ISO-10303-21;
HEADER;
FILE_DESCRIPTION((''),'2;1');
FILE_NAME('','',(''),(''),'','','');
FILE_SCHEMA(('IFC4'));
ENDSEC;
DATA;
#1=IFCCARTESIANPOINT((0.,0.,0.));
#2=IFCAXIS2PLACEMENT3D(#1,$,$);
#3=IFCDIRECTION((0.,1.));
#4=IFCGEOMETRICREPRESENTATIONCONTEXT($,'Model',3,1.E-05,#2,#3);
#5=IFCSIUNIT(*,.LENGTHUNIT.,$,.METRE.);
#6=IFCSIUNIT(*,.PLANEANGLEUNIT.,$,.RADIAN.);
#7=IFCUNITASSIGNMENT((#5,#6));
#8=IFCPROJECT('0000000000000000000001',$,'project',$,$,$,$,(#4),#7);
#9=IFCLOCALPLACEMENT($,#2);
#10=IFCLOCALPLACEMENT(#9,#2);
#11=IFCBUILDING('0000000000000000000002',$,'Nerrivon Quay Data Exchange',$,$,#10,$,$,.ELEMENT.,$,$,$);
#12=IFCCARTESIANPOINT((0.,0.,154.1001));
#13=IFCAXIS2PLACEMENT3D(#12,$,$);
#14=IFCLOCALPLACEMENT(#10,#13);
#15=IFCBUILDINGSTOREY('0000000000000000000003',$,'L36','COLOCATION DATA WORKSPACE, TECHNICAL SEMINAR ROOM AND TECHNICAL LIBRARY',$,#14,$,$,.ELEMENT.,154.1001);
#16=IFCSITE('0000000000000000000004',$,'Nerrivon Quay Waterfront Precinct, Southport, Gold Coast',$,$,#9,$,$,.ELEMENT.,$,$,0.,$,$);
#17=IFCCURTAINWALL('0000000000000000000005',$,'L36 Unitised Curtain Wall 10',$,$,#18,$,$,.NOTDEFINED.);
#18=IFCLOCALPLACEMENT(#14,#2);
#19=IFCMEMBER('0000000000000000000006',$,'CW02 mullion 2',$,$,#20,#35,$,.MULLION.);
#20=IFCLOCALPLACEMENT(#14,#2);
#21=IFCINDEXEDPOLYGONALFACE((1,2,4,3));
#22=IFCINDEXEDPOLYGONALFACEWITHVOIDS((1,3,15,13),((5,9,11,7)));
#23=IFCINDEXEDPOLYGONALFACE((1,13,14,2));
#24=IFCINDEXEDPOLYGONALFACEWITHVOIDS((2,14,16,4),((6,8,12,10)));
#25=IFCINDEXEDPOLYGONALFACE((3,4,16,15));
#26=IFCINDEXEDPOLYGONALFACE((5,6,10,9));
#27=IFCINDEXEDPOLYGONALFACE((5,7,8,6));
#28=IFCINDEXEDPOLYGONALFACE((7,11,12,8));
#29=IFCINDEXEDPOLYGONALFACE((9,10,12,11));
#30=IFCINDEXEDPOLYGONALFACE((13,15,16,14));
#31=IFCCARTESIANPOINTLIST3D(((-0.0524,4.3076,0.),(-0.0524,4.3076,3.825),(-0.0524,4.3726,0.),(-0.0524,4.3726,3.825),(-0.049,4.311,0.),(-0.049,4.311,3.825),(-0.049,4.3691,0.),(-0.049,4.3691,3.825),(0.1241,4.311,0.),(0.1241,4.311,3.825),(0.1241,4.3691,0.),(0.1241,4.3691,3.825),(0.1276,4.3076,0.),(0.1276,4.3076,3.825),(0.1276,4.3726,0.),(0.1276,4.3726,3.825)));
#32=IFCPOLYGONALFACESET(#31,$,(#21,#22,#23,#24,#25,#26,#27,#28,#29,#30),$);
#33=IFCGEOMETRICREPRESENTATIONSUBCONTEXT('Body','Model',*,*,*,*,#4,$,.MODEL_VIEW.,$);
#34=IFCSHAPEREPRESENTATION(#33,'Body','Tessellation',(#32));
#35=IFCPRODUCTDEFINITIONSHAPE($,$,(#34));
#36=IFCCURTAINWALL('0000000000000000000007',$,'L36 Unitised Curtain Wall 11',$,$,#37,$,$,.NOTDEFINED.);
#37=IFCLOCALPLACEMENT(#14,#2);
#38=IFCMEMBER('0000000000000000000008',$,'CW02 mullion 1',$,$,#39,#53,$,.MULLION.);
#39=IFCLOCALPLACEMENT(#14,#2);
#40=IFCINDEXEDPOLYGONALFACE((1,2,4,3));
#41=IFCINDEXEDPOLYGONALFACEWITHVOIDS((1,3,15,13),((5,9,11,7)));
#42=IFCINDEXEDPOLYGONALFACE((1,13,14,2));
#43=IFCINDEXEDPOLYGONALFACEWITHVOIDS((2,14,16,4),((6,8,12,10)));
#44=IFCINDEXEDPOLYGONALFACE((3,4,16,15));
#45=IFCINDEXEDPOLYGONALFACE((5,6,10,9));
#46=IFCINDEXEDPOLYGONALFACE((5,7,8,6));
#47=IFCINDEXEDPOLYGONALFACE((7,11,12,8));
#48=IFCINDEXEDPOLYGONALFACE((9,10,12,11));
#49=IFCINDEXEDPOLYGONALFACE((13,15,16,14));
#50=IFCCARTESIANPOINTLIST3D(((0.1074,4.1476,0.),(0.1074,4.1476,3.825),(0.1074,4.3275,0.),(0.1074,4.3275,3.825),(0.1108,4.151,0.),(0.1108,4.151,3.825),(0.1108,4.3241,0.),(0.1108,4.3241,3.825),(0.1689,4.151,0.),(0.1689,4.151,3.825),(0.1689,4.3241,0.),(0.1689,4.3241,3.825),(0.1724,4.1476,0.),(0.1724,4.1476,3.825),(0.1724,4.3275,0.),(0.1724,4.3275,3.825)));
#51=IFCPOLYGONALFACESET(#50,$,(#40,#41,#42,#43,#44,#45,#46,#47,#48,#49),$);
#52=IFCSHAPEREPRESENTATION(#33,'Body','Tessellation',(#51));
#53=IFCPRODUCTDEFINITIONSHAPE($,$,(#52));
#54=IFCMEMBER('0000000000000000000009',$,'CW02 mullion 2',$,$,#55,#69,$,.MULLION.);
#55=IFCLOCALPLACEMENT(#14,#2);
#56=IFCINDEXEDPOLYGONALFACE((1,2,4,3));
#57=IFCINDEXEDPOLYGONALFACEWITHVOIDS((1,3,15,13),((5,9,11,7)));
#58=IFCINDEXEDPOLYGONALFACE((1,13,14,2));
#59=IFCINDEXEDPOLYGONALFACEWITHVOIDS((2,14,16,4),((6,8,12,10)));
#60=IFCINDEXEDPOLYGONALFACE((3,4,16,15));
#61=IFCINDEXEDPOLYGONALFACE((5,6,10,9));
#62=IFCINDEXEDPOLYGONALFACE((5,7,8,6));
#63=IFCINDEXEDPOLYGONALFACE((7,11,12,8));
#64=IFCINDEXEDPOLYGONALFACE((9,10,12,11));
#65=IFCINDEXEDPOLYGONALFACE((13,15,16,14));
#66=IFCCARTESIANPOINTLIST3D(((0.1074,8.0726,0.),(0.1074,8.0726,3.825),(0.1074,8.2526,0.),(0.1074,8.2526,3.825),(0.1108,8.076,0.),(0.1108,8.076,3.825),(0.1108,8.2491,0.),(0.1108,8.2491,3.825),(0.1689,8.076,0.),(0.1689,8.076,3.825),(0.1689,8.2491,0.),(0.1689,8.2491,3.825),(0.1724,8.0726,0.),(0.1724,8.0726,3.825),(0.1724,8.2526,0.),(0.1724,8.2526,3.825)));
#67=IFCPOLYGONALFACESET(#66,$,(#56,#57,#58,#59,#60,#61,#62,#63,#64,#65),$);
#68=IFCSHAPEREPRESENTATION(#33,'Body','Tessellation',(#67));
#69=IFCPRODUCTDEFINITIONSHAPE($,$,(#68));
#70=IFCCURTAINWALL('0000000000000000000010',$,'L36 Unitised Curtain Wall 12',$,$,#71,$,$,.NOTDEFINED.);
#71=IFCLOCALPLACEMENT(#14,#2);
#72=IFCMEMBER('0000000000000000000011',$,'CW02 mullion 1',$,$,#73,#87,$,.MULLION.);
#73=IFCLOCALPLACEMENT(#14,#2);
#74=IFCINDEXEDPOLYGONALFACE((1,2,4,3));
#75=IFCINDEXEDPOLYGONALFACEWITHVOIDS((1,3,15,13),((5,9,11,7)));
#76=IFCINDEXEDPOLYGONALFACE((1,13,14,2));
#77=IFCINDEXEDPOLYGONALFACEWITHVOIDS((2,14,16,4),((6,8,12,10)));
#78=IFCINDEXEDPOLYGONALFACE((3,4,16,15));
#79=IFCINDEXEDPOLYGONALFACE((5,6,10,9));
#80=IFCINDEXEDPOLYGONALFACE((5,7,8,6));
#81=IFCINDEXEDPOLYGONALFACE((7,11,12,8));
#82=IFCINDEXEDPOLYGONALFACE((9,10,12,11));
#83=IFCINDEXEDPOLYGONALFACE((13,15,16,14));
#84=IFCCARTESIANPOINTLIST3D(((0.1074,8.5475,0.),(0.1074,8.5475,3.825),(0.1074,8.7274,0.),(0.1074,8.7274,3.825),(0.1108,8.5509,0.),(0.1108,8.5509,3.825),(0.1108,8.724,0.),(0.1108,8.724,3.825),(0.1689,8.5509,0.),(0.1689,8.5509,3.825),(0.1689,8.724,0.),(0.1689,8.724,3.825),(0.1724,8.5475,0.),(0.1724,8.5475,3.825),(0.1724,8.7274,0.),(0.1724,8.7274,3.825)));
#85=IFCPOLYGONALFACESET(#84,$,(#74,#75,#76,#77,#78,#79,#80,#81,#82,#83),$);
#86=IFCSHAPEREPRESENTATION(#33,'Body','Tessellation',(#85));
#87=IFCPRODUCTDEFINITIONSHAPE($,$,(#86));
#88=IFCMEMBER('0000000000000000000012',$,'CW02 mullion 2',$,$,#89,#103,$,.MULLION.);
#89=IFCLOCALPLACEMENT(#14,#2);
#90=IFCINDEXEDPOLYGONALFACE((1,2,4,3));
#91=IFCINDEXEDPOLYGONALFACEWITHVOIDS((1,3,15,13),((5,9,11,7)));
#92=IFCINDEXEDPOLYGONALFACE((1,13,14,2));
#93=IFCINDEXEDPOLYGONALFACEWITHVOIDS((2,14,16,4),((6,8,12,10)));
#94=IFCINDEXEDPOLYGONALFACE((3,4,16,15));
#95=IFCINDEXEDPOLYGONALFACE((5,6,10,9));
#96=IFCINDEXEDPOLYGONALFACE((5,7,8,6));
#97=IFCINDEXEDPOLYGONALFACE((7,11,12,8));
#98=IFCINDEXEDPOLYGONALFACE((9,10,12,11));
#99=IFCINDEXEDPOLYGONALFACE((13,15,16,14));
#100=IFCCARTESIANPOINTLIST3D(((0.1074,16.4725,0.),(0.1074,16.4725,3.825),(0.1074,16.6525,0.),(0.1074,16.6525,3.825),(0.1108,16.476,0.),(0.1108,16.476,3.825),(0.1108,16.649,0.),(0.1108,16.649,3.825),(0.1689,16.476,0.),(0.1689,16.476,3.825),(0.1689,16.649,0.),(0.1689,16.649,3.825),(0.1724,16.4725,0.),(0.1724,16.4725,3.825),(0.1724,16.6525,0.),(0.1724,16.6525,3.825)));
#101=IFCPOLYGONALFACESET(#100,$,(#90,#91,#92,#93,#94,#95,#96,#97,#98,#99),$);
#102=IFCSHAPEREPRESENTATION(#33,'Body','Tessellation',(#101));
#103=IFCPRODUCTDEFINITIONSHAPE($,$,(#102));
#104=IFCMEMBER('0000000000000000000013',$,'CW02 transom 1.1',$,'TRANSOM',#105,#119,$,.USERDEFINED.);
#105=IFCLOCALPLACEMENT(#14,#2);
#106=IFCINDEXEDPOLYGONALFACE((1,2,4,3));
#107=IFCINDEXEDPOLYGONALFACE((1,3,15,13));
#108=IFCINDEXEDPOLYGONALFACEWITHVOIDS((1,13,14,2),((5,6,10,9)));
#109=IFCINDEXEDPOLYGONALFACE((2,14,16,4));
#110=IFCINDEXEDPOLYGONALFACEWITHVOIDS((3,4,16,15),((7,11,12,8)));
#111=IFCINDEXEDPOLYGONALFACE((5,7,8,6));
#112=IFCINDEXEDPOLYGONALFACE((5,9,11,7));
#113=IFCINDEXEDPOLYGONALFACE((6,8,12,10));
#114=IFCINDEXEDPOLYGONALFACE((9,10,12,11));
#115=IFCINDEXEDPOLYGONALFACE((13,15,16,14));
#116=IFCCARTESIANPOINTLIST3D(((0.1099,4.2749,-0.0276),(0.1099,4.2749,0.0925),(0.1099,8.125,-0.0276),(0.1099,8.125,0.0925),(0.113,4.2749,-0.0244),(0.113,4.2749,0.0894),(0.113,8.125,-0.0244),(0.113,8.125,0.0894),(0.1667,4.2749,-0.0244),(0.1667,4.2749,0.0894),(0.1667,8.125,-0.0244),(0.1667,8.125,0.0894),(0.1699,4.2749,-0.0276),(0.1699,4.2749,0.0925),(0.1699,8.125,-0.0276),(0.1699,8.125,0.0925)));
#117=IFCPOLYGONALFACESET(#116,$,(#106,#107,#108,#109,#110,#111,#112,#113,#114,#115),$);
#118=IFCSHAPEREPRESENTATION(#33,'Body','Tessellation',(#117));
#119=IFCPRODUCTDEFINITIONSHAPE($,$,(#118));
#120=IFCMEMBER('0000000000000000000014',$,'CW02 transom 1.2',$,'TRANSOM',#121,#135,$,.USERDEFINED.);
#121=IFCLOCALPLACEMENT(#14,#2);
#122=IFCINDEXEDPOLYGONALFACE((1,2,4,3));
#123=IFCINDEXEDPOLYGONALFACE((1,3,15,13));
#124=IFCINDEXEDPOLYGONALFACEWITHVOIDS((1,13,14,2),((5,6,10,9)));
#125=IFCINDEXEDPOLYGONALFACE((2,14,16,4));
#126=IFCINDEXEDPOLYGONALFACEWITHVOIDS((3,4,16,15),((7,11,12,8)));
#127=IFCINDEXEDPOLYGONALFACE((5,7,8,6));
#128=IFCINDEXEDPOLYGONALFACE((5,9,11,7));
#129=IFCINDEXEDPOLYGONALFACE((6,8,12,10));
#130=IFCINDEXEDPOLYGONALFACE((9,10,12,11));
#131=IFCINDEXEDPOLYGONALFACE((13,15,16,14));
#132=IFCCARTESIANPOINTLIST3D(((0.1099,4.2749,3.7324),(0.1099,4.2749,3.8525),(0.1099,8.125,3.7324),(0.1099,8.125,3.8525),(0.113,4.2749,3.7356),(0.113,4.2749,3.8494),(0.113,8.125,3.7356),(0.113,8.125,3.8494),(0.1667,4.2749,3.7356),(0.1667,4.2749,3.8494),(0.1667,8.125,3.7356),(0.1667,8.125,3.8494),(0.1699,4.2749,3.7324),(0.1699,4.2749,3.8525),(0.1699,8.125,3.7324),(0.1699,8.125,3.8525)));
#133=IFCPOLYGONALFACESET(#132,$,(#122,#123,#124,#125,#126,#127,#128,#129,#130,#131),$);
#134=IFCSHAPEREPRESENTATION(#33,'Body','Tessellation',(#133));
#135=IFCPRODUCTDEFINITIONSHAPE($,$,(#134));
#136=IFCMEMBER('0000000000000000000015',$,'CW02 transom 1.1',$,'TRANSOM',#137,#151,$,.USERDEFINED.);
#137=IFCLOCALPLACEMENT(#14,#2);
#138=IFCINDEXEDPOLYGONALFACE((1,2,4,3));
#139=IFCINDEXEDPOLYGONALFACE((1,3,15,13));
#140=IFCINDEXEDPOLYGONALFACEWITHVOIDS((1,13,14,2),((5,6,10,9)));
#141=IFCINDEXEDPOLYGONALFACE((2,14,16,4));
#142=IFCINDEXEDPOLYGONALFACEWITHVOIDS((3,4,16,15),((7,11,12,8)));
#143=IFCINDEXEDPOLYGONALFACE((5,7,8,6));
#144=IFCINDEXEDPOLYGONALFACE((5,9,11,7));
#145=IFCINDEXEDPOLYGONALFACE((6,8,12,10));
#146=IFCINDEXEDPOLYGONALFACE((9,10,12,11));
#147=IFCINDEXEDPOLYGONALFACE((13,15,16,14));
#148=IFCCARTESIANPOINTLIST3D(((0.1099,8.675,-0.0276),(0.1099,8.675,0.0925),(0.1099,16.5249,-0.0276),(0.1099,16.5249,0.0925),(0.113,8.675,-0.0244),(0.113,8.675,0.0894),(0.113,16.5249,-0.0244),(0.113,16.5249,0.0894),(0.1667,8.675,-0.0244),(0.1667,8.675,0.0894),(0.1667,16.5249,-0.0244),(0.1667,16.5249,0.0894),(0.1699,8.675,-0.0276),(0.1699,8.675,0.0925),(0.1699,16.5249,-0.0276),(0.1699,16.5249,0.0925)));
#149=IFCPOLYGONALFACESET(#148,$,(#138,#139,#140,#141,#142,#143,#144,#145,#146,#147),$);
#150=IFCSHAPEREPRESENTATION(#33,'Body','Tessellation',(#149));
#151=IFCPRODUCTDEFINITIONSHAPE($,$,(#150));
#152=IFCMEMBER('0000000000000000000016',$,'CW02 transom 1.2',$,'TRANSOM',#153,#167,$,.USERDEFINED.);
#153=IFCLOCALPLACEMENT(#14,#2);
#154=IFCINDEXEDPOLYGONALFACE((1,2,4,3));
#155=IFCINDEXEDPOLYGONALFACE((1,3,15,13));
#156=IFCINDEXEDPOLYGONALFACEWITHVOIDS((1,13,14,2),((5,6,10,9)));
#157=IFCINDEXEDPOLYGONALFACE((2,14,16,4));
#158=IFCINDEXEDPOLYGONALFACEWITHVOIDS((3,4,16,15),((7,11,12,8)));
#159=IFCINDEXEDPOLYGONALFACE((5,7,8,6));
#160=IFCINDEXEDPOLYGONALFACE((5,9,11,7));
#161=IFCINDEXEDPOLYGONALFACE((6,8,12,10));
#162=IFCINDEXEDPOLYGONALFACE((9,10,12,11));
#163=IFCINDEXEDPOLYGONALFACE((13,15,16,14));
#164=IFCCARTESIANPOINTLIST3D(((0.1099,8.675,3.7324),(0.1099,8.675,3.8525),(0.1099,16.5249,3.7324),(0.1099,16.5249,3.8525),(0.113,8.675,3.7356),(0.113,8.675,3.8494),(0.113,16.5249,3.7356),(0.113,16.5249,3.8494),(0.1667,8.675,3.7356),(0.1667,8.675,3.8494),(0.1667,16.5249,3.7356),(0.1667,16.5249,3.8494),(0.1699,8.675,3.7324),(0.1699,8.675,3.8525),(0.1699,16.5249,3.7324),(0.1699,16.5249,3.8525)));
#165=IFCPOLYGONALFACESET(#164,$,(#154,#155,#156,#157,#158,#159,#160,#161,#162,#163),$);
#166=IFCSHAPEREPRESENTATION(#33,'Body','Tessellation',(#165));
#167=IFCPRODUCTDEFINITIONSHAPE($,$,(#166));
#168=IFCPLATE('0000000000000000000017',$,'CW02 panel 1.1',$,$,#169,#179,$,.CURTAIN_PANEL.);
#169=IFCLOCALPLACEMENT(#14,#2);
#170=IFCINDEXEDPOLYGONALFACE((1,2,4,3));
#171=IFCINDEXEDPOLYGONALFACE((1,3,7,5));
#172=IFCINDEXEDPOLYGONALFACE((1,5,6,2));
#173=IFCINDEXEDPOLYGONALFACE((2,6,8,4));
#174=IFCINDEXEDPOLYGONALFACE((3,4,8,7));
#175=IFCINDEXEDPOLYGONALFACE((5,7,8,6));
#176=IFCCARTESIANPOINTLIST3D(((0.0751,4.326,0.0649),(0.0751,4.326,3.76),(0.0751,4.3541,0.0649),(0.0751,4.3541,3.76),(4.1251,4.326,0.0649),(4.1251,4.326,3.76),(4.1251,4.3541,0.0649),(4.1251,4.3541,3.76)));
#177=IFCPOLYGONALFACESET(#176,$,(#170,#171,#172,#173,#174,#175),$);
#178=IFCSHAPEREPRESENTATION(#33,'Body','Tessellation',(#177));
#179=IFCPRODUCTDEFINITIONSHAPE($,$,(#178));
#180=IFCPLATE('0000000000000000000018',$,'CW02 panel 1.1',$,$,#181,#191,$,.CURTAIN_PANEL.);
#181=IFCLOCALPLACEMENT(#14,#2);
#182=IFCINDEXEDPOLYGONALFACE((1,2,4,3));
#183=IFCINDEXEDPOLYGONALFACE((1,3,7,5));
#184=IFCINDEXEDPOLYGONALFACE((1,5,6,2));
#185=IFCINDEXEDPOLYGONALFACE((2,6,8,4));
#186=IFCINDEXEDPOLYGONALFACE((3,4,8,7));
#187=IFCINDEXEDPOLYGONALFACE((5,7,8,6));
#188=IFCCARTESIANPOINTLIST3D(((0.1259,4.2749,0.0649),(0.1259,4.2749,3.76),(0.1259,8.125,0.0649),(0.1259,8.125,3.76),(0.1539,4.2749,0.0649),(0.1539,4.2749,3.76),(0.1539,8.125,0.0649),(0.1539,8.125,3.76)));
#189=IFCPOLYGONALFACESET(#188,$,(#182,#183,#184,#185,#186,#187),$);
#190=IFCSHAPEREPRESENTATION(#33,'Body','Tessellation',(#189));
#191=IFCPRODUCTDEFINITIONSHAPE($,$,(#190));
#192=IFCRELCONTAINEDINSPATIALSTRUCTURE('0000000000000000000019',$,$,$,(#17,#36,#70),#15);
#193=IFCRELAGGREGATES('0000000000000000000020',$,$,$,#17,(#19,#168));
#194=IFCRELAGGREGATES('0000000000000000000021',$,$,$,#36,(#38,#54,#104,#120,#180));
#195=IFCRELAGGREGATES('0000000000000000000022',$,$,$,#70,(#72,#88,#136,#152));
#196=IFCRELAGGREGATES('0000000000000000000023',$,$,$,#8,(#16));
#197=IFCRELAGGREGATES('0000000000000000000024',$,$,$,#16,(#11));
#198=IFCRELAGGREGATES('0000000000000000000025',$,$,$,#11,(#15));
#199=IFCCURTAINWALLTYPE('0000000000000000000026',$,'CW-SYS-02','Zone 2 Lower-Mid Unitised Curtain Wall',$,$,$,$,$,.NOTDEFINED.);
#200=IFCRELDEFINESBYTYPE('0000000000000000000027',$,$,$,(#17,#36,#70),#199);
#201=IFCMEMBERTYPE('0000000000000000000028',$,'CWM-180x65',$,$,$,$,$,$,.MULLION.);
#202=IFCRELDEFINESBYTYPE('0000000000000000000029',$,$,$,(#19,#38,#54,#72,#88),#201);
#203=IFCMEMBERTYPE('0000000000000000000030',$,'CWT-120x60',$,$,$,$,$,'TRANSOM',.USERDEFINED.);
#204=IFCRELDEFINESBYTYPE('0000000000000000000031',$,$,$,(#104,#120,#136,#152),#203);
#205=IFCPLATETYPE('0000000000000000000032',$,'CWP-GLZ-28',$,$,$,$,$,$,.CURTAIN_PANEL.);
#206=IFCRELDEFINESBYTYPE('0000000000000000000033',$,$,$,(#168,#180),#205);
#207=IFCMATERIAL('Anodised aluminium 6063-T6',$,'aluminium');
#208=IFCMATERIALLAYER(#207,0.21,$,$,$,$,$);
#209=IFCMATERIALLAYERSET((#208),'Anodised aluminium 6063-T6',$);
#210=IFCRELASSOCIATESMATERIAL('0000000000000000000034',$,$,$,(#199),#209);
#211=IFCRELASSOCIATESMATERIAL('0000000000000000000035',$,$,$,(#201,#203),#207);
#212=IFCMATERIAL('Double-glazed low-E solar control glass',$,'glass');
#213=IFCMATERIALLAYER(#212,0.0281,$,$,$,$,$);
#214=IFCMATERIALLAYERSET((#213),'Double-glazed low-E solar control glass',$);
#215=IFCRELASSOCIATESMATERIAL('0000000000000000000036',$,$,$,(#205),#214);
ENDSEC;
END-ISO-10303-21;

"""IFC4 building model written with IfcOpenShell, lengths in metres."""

from ifc_helpers import new_model, si_unit, direction, frame, origin, origin_2d, place, context, subcontext, project, spatial, rectangle, hollow_rectangle, extrude, material, layer, layer_set, material_profile, profile_set, type_object, element, aggregate, save


model = new_model("IFC4")

# Units and contexts
model_context = context("Model", 3, precision=1e-05, world=origin(), true_north=direction((0.0, 1.0)))
body_context = subcontext(model_context, "Body", "Model", "MODEL_VIEW")
ifc_project = project(units=[si_unit("LENGTHUNIT", "METRE"), si_unit("PLANEANGLEUNIT", "RADIAN")], contexts=[model_context])

# Site, building, storey
site_placement = place(None, origin())
site = spatial("IfcSite", under=ifc_project, at=site_placement, Name="Nerrivon Quay Waterfront Precinct, Southport, Gold Coast", CompositionType="ELEMENT", RefElevation=0.0)
building_placement = place(site_placement, origin())
building = spatial("IfcBuilding", under=site, at=building_placement, Name="Nerrivon Quay Data Exchange", CompositionType="ELEMENT")
storey_placement = place(building_placement, frame((0.0, 0.0, 154.1001)))
storey = spatial("IfcBuildingStorey", under=building, at=storey_placement, Name="L36", Description="COLOCATION DATA WORKSPACE, TECHNICAL SEMINAR ROOM AND TECHNICAL LIBRARY", CompositionType="ELEMENT", Elevation=154.1001)

# Curtain wall, member
ifc_material_1 = material(Name="Anodised aluminium 6063-T6", Category="aluminium")
ifc_layer_1 = layer(ifc_material_1, 0.21)
ifc_layer_set_1 = layer_set([ifc_layer_1], Name="Anodised aluminium 6063-T6")
curtain_wall_type = type_object("IfcCurtainWallType", Name="CW-SYS-02", Description="Zone 2 Lower-Mid Unitised Curtain Wall", PredefinedType="NOTDEFINED", material=ifc_layer_set_1)
curtain_wall_1_placement = place(storey_placement, origin())
curtain_wall_1 = element("IfcCurtainWall", 1, at=curtain_wall_1_placement, inside=storey, type_object=curtain_wall_type, Name="L36 Unitised Curtain Wall 10", PredefinedType="NOTDEFINED")
ifc_material_profile_1 = material_profile(ifc_material_1, hollow_rectangle(XDim=0.0649, YDim=0.1799, WallThickness=0.0034, at=origin_2d()), Name="ALU-MULL-180x65")
ifc_profile_set_1 = profile_set([ifc_material_profile_1], Name="Anodised aluminium 6063-T6")
member_type_1 = type_object("IfcMemberType", Name="CWM-180x65", PredefinedType="MULLION", material=ifc_profile_set_1)
member_1_placement = place(storey_placement, frame((0.0376, 4.3401, 0.0), z_axis=(0.0, 0.0, 1.0), x_axis=(0.0, -1.0, 0.0)))
member_1 = element("IfcMember", 2, at=member_1_placement, type_object=member_type_1, Name="CW02 mullion 2", PredefinedType="MULLION", context=body_context, shape_type="SweptSolid", body=[
    extrude(hollow_rectangle(XDim=0.0649, YDim=0.1799, WallThickness=0.0034, at=origin_2d()), origin(), (0.0, 0.0, 1.0), 3.825),
])

# Curtain walls, members
curtain_wall_2_placement = place(storey_placement, origin())
curtain_wall_2 = element("IfcCurtainWall", 3, at=curtain_wall_2_placement, inside=storey, type_object=curtain_wall_type, Name="L36 Unitised Curtain Wall 11", PredefinedType="NOTDEFINED")
member_2_placement = place(storey_placement, frame((0.1399, 4.2375, 0.0), z_axis=(0.0, 0.0, 1.0), x_axis=(-1.0, 0.0, 0.0)))
member_2 = element("IfcMember", 4, at=member_2_placement, type_object=member_type_1, Name="CW02 mullion 1", PredefinedType="MULLION", context=body_context, shape_type="SweptSolid", body=[
    extrude(hollow_rectangle(XDim=0.0649, YDim=0.1799, WallThickness=0.0034, at=origin_2d()), origin(), (0.0, 0.0, 1.0), 3.825),
])
member_3_placement = place(storey_placement, frame((0.1399, 8.1626, 0.0), z_axis=(0.0, 0.0, 1.0), x_axis=(-1.0, 0.0, 0.0)))
member_3 = element("IfcMember", 5, at=member_3_placement, type_object=member_type_1, Name="CW02 mullion 2", PredefinedType="MULLION", context=body_context, shape_type="SweptSolid", body=[
    extrude(hollow_rectangle(XDim=0.0649, YDim=0.1799, WallThickness=0.0034, at=origin_2d()), origin(), (0.0, 0.0, 1.0), 3.825),
])
curtain_wall_3_placement = place(storey_placement, origin())
curtain_wall_3 = element("IfcCurtainWall", 6, at=curtain_wall_3_placement, inside=storey, type_object=curtain_wall_type, Name="L36 Unitised Curtain Wall 12", PredefinedType="NOTDEFINED")
member_4_placement = place(storey_placement, frame((0.1399, 8.6375, 0.0), z_axis=(0.0, 0.0, 1.0), x_axis=(-1.0, 0.0, 0.0)))
member_4 = element("IfcMember", 7, at=member_4_placement, type_object=member_type_1, Name="CW02 mullion 1", PredefinedType="MULLION", context=body_context, shape_type="SweptSolid", body=[
    extrude(hollow_rectangle(XDim=0.0649, YDim=0.1799, WallThickness=0.0034, at=origin_2d()), origin(), (0.0, 0.0, 1.0), 3.825),
])
member_5_placement = place(storey_placement, frame((0.1399, 16.5625, 0.0), z_axis=(0.0, 0.0, 1.0), x_axis=(-1.0, 0.0, 0.0)))
member_5 = element("IfcMember", 8, at=member_5_placement, type_object=member_type_1, Name="CW02 mullion 2", PredefinedType="MULLION", context=body_context, shape_type="SweptSolid", body=[
    extrude(hollow_rectangle(XDim=0.0649, YDim=0.1799, WallThickness=0.0034, at=origin_2d()), origin(), (0.0, 0.0, 1.0), 3.825),
])

# Members
ifc_material_profile_2 = material_profile(ifc_material_1, hollow_rectangle(XDim=0.0601, YDim=0.1201, WallThickness=0.0032, at=origin_2d()), Name="ALU-TRAN-120x60")
ifc_profile_set_2 = profile_set([ifc_material_profile_2], Name="Anodised aluminium 6063-T6")
member_type_2 = type_object("IfcMemberType", Name="CWT-120x60", ElementType="TRANSOM", PredefinedType="USERDEFINED", material=ifc_profile_set_2)
member_6_placement = place(storey_placement, frame((0.1399, 4.2749, 0.0325), z_axis=(0.0, 1.0, 0.0), x_axis=(-1.0, 0.0, 0.0)))
member_6 = element("IfcMember", 9, at=member_6_placement, type_object=member_type_2, Name="CW02 transom 1.1", ObjectType="TRANSOM", PredefinedType="USERDEFINED", context=body_context, shape_type="SweptSolid", body=[
    extrude(hollow_rectangle(XDim=0.0601, YDim=0.1201, WallThickness=0.0032, at=origin_2d()), origin(), (0.0, 0.0, 1.0), 3.8501),
])
member_7_placement = place(storey_placement, frame((0.1399, 4.2749, 3.7925), z_axis=(0.0, 1.0, 0.0), x_axis=(-1.0, 0.0, 0.0)))
member_7 = element("IfcMember", 10, at=member_7_placement, type_object=member_type_2, Name="CW02 transom 1.2", ObjectType="TRANSOM", PredefinedType="USERDEFINED", context=body_context, shape_type="SweptSolid", body=[
    extrude(hollow_rectangle(XDim=0.0601, YDim=0.1201, WallThickness=0.0032, at=origin_2d()), origin(), (0.0, 0.0, 1.0), 3.8501),
])
member_8_placement = place(storey_placement, frame((0.1399, 8.675, 0.0325), z_axis=(0.0, 1.0, 0.0), x_axis=(-1.0, 0.0, 0.0)))
member_8 = element("IfcMember", 11, at=member_8_placement, type_object=member_type_2, Name="CW02 transom 1.1", ObjectType="TRANSOM", PredefinedType="USERDEFINED", context=body_context, shape_type="SweptSolid", body=[
    extrude(hollow_rectangle(XDim=0.0601, YDim=0.1201, WallThickness=0.0032, at=origin_2d()), origin(), (0.0, 0.0, 1.0), 7.8499),
])
member_9_placement = place(storey_placement, frame((0.1399, 8.675, 3.7925), z_axis=(0.0, 1.0, 0.0), x_axis=(-1.0, 0.0, 0.0)))
member_9 = element("IfcMember", 12, at=member_9_placement, type_object=member_type_2, Name="CW02 transom 1.2", ObjectType="TRANSOM", PredefinedType="USERDEFINED", context=body_context, shape_type="SweptSolid", body=[
    extrude(hollow_rectangle(XDim=0.0601, YDim=0.1201, WallThickness=0.0032, at=origin_2d()), origin(), (0.0, 0.0, 1.0), 7.8499),
])

# Plates
ifc_material_2 = material(Name="Double-glazed low-E solar control glass", Category="glass")
ifc_layer_2 = layer(ifc_material_2, 0.0281)
ifc_layer_set_2 = layer_set([ifc_layer_2], Name="Double-glazed low-E solar control glass")
plate_type = type_object("IfcPlateType", Name="CWP-GLZ-28", PredefinedType="CURTAIN_PANEL", material=ifc_layer_set_2)
plate_1_placement = place(storey_placement, frame((2.1001, 4.3401, 0.0649), z_axis=(0.0, 0.0, 1.0), x_axis=(-1.0, 0.0, 0.0)))
plate_1 = element("IfcPlate", 13, at=plate_1_placement, type_object=plate_type, Name="CW02 panel 1.1", PredefinedType="CURTAIN_PANEL", context=body_context, shape_type="SweptSolid", body=[
    extrude(rectangle(XDim=4.05, YDim=0.0281, at=origin_2d()), origin(), (0.0, 0.0, 1.0), 3.6951),
])
aggregate(curtain_wall_1, [member_1, plate_1])
plate_2_placement = place(storey_placement, frame((0.1399, 6.2, 0.0649), z_axis=(0.0, 0.0, 1.0), x_axis=(0.0, 1.0, 0.0)))
plate_2 = element("IfcPlate", 14, at=plate_2_placement, type_object=plate_type, Name="CW02 panel 1.1", PredefinedType="CURTAIN_PANEL", context=body_context, shape_type="SweptSolid", body=[
    extrude(rectangle(XDim=3.8501, YDim=0.0281, at=origin_2d()), origin(), (0.0, 0.0, 1.0), 3.6951),
])
aggregate(curtain_wall_2, [member_2, member_3, member_6, member_7, plate_2])
aggregate(curtain_wall_3, [member_4, member_5, member_8, member_9])

save(model, "model.ifc")
